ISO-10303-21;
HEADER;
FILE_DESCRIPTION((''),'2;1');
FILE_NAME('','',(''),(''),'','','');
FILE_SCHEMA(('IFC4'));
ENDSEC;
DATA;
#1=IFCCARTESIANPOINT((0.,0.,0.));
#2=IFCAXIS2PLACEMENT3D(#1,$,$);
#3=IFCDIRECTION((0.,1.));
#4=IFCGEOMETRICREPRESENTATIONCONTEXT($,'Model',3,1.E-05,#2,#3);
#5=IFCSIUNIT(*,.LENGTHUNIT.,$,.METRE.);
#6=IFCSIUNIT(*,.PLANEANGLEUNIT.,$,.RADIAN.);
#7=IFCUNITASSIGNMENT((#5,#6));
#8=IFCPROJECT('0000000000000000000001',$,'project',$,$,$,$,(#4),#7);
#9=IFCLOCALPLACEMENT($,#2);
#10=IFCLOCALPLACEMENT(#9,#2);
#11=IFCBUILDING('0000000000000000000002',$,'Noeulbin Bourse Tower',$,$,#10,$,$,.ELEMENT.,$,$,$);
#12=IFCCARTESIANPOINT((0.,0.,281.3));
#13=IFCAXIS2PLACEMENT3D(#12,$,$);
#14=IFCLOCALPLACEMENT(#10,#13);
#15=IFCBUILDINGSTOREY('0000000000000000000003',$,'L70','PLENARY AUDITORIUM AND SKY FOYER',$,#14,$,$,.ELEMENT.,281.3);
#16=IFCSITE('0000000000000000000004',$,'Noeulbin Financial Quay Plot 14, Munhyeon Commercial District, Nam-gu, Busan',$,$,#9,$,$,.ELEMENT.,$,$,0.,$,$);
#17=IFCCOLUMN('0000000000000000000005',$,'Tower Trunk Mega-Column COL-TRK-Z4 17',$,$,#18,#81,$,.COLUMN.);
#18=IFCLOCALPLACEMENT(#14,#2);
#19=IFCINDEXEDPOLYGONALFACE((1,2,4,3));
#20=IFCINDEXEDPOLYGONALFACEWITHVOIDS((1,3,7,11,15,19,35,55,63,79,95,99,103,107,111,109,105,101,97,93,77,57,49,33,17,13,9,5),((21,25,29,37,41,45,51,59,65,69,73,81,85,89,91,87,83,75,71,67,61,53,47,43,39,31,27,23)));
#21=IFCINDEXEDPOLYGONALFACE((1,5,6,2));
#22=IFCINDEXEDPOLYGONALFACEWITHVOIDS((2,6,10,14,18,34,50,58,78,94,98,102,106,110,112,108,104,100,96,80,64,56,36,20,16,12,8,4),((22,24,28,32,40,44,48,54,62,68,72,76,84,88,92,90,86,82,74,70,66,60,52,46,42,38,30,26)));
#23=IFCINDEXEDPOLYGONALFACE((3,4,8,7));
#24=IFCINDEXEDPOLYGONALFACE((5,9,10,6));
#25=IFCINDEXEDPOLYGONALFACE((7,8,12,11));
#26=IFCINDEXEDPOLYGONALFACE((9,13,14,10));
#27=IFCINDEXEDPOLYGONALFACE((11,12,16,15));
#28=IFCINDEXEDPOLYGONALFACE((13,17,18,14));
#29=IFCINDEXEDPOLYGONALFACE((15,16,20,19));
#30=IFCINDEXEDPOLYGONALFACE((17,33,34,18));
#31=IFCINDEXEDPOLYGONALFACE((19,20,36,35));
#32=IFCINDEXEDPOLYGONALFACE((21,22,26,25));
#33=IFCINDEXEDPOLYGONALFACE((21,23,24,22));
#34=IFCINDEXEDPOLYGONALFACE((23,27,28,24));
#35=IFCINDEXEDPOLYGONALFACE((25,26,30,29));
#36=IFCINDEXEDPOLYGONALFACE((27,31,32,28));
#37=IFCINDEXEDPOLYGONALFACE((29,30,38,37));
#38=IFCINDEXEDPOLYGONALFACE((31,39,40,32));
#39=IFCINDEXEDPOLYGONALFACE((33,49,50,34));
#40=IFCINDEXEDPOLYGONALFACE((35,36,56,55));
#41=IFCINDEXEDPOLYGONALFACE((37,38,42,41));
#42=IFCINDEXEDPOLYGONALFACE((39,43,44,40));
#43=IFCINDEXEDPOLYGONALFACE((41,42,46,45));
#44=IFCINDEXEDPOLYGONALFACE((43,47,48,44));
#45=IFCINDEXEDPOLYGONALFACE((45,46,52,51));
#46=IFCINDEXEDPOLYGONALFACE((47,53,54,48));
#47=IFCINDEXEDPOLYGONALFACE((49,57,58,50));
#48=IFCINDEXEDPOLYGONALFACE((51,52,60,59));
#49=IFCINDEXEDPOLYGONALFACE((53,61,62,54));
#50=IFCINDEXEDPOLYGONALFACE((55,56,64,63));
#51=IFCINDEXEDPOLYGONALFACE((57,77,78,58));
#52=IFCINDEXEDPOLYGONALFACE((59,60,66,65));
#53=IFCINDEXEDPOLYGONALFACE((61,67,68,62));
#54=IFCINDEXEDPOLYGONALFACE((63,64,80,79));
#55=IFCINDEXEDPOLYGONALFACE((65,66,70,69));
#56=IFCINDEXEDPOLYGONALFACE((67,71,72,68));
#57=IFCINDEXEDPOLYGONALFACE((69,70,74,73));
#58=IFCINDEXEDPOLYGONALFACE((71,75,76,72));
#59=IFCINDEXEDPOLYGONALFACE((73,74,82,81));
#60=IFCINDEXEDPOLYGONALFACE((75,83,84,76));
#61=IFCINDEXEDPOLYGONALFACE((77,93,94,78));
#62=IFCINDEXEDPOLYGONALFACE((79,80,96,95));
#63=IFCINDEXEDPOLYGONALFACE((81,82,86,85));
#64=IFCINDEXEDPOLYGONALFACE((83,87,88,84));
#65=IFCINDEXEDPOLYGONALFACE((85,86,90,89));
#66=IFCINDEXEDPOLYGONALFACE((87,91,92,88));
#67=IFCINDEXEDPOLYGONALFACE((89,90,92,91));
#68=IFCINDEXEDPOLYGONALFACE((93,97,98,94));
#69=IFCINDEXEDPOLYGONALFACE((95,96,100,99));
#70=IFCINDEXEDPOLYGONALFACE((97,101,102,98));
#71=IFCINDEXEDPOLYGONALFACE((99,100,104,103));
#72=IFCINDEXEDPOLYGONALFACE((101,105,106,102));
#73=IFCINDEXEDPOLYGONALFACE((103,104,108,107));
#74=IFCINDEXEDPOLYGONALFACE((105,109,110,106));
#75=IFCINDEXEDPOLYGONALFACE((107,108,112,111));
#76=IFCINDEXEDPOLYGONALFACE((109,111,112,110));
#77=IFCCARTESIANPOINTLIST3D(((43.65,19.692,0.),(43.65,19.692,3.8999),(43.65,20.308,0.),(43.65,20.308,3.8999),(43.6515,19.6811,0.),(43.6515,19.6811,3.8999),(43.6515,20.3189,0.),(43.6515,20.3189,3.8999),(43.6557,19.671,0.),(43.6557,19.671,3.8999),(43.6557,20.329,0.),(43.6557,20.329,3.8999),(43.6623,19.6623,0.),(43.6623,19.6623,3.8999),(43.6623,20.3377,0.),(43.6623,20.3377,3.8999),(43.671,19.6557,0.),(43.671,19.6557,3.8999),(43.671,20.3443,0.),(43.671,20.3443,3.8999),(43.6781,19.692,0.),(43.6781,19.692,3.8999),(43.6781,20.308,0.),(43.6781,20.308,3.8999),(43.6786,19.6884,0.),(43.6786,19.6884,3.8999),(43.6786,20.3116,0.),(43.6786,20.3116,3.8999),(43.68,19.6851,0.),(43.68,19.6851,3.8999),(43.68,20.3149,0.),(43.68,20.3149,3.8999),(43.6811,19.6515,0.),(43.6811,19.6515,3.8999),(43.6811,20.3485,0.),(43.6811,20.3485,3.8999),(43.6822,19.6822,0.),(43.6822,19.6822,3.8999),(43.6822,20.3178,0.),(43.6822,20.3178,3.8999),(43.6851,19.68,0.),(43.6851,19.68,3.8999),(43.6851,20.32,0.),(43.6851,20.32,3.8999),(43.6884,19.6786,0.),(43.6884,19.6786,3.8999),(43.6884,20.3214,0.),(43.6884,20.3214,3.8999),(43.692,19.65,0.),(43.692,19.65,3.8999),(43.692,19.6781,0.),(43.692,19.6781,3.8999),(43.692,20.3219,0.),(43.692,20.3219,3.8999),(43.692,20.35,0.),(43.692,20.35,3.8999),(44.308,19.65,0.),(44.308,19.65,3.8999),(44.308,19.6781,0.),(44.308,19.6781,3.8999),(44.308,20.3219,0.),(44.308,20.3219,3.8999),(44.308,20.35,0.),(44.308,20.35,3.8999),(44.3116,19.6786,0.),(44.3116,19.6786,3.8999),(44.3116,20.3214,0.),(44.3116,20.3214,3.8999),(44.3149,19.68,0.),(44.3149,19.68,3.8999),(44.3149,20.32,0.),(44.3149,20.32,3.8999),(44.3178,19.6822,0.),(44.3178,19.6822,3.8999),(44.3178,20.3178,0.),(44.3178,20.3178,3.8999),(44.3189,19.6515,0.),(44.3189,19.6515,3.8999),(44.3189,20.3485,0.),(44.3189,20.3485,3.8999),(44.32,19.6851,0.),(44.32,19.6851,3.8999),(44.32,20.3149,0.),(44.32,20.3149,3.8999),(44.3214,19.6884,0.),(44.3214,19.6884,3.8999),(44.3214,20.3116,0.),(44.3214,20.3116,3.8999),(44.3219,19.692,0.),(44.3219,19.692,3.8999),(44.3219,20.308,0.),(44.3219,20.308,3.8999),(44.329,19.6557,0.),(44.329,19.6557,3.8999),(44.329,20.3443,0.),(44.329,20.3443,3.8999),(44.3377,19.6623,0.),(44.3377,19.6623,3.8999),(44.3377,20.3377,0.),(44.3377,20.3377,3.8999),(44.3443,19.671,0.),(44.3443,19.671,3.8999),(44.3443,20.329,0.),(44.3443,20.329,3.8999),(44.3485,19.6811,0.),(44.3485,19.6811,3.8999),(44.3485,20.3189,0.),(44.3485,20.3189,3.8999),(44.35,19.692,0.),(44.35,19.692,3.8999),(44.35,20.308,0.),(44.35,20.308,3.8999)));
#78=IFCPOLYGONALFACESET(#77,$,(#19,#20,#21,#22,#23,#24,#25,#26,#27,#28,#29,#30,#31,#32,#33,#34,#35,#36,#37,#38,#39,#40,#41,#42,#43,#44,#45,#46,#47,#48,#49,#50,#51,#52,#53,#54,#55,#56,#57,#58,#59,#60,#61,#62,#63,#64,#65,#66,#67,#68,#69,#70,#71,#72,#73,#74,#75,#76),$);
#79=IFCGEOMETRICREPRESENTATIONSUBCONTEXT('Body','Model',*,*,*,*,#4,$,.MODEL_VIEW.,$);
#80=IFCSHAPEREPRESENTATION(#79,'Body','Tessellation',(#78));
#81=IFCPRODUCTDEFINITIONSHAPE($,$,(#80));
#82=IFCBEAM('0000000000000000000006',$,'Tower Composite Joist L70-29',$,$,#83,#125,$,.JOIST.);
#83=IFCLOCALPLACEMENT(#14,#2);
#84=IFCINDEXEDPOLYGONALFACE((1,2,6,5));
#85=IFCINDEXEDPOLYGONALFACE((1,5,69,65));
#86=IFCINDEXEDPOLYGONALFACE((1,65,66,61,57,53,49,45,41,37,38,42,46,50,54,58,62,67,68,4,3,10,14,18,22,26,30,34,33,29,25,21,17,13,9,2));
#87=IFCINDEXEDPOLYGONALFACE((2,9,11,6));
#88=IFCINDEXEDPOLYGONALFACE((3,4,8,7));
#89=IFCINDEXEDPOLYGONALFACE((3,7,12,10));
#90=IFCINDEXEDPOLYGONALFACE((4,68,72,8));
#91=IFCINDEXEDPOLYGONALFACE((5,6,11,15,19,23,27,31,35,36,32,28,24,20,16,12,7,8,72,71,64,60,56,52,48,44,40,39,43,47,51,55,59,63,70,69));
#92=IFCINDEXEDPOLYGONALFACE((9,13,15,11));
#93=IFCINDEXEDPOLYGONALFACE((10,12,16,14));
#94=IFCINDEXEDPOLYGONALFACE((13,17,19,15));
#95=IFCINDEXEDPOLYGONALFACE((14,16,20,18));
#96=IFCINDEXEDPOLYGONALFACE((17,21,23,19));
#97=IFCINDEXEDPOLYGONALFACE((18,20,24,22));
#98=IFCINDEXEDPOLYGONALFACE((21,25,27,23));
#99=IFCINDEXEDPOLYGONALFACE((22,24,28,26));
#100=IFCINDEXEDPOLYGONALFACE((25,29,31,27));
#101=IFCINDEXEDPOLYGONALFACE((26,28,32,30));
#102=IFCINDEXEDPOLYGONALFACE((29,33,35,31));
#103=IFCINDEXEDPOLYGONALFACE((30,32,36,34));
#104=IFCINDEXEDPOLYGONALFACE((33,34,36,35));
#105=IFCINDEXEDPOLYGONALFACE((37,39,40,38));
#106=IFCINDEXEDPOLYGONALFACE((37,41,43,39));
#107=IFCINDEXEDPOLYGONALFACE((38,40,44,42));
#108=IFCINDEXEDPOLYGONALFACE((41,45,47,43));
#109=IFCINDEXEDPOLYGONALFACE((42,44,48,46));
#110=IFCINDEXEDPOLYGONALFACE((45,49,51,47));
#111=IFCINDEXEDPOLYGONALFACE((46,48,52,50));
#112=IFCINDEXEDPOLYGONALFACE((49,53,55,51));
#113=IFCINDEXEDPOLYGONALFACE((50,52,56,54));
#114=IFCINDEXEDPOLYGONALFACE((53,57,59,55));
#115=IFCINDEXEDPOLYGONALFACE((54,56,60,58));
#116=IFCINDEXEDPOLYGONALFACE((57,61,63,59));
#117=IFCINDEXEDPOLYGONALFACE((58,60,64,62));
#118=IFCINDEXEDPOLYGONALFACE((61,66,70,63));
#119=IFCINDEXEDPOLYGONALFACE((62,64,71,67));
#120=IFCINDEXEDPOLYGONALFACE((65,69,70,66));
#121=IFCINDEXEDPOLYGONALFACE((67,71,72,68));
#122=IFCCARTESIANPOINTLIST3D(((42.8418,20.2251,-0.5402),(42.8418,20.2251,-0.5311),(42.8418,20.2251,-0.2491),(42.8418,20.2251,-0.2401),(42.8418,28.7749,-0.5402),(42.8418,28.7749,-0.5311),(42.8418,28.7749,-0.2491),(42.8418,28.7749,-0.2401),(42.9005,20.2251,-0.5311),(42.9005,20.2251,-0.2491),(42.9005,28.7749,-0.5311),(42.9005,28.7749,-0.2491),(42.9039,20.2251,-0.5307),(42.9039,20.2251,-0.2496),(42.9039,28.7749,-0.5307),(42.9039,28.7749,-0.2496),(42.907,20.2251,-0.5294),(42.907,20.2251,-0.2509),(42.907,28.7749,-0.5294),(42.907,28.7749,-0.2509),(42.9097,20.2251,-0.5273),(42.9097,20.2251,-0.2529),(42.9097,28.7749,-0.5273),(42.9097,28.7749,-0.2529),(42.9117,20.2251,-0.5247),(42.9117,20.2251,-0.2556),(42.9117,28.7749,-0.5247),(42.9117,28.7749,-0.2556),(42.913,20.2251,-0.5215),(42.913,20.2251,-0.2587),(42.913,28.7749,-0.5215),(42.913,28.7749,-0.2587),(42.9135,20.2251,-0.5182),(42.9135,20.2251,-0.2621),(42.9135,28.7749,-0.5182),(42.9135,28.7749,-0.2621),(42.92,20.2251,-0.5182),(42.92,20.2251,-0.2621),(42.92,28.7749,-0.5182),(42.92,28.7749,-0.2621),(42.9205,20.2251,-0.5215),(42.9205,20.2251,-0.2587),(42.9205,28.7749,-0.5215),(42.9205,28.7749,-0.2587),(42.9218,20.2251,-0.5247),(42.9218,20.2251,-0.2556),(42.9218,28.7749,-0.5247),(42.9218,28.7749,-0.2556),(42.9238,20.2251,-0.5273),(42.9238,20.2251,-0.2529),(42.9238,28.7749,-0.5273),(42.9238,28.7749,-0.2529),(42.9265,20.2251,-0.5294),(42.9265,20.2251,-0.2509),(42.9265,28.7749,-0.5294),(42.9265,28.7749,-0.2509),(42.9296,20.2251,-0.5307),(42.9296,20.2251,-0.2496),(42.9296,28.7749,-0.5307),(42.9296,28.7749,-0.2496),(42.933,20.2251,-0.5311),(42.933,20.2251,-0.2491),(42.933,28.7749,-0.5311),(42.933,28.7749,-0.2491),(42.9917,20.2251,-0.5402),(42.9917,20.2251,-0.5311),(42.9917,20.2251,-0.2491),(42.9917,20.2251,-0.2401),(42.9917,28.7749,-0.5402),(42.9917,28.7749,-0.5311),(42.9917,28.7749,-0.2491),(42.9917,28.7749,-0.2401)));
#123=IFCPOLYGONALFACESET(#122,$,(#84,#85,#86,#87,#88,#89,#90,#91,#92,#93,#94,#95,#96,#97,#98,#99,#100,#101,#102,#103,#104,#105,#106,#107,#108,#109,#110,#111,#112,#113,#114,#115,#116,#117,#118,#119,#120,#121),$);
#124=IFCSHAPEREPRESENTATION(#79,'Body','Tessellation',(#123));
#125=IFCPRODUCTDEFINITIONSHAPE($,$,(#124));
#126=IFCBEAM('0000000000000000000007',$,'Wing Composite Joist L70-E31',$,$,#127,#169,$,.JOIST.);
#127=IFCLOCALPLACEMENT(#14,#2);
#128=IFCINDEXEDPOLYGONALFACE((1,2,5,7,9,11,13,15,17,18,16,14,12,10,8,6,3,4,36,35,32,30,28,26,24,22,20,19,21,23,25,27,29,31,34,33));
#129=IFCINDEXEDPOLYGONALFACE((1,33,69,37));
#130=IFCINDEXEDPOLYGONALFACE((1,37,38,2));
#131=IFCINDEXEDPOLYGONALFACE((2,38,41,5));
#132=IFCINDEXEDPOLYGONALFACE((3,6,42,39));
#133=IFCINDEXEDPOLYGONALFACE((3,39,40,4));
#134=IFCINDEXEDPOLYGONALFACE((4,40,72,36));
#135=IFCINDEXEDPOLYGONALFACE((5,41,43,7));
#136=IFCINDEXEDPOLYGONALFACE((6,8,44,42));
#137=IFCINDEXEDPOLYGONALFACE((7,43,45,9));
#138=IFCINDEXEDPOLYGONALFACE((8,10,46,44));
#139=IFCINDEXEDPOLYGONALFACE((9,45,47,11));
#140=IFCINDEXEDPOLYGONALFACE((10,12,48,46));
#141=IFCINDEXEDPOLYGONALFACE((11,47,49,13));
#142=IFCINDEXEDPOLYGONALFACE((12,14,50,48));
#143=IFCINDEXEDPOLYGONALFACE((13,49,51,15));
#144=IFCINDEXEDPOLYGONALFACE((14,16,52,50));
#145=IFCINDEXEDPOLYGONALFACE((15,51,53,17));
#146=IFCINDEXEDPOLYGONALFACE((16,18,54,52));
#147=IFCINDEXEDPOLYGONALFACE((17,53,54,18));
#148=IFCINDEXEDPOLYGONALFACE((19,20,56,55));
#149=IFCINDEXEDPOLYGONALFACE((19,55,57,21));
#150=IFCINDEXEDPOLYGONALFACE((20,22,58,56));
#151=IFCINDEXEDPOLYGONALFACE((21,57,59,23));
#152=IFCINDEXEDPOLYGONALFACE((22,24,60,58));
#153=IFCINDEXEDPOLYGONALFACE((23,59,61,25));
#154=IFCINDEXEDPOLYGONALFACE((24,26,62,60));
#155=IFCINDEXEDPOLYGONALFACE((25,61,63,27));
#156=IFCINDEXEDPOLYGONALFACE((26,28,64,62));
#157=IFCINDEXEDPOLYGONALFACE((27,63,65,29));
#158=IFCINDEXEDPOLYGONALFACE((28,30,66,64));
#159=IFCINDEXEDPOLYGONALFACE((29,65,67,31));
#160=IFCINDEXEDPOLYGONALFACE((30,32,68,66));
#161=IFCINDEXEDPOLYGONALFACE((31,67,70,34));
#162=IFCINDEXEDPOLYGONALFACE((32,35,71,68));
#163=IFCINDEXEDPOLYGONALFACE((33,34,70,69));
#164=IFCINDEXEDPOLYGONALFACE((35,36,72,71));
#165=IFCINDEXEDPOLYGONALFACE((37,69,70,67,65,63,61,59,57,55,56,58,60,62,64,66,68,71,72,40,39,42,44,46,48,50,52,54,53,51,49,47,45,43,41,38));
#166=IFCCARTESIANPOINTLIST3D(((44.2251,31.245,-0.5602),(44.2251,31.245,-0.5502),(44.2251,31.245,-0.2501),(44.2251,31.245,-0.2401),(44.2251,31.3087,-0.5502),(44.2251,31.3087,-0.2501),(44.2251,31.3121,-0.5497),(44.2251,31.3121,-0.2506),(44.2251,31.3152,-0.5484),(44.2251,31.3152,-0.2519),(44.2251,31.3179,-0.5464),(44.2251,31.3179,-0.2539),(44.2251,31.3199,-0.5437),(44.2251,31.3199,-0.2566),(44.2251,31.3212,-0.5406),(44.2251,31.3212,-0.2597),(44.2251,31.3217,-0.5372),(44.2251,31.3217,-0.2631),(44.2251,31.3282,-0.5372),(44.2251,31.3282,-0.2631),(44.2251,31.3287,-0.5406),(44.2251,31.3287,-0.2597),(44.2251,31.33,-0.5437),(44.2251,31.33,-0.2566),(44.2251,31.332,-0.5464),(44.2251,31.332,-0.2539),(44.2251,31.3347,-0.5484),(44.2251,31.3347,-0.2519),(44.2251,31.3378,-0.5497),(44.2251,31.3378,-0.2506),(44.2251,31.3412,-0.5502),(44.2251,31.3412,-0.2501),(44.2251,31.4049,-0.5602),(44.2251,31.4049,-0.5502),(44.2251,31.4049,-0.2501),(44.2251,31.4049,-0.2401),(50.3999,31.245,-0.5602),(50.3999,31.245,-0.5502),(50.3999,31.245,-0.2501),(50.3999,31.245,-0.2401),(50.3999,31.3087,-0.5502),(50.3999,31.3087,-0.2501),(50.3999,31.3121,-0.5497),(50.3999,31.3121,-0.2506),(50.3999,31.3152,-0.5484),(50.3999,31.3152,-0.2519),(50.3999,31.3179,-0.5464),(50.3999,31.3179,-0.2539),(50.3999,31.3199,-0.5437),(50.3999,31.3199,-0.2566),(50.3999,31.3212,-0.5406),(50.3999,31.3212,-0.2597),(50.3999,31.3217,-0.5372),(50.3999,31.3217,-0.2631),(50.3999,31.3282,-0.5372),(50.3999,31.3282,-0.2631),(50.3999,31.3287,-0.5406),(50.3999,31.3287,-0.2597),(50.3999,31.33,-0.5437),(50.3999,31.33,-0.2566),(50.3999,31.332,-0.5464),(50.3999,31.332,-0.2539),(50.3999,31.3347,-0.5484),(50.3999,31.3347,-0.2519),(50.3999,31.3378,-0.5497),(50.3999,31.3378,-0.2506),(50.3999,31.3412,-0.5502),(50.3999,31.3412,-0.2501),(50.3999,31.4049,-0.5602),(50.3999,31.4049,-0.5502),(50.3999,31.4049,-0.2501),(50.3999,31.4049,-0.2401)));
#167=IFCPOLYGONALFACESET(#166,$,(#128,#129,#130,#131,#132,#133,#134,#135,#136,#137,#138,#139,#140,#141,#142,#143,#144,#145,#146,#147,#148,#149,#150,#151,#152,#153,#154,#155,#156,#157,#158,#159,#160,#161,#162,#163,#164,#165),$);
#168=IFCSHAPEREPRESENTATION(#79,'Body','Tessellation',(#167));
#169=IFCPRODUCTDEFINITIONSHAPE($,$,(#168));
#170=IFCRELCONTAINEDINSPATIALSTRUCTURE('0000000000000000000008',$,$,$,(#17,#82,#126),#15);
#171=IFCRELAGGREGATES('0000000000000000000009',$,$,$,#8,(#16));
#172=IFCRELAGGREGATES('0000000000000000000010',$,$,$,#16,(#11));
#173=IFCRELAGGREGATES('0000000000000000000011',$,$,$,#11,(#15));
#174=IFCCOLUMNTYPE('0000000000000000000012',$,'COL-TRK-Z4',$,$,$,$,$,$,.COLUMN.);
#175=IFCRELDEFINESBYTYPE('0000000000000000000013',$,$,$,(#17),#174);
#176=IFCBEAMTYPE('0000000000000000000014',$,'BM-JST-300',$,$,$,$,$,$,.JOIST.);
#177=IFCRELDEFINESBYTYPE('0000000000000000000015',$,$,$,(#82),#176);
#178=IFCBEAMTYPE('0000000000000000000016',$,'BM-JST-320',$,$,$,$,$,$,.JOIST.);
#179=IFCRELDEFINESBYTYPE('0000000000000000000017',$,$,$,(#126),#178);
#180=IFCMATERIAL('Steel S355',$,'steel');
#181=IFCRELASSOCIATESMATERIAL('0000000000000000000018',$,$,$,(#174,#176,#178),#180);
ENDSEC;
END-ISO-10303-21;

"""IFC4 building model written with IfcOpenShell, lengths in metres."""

from ifc_helpers import new_model, si_unit, direction, frame, origin, origin_2d, place, context, subcontext, project, spatial, hollow_rectangle, i_section, extrude, material, material_profile, profile_set, type_object, element, save


model = new_model("IFC4")

# Units and contexts
model_context = context("Model", 3, precision=1e-05, world=origin(), true_north=direction((0.0, 1.0)))
body_context = subcontext(model_context, "Body", "Model", "MODEL_VIEW")
ifc_project = project(units=[si_unit("LENGTHUNIT", "METRE"), si_unit("PLANEANGLEUNIT", "RADIAN")], contexts=[model_context])

# Site, building, storey
site_placement = place(None, origin())
site = spatial("IfcSite", under=ifc_project, at=site_placement, Name="Noeulbin Financial Quay Plot 14, Munhyeon Commercial District, Nam-gu, Busan", CompositionType="ELEMENT", RefElevation=0.0)
building_placement = place(site_placement, origin())
building = spatial("IfcBuilding", under=site, at=building_placement, Name="Noeulbin Bourse Tower", CompositionType="ELEMENT")
storey_placement = place(building_placement, frame((0.0, 0.0, 281.3)))
storey = spatial("IfcBuildingStorey", under=building, at=storey_placement, Name="L70", Description="PLENARY AUDITORIUM AND SKY FOYER", CompositionType="ELEMENT", Elevation=281.3)

# Column
ifc_material_1 = material(Name="Steel S355", Category="steel")
ifc_material_profile_1 = material_profile(ifc_material_1, hollow_rectangle(XDim=0.7, YDim=0.7, WallThickness=0.0281, InnerFilletRadius=0.0139, OuterFilletRadius=0.042, at=origin_2d()), Name="BOX-700x700x28", Category="LoadBearing")
ifc_profile_set_1 = profile_set([ifc_material_profile_1], Name="Steel S355")
column_type_1 = type_object("IfcColumnType", Name="COL-TRK-Z4", PredefinedType="COLUMN", material=ifc_profile_set_1)
for number, where, z_axis, x_axis, name in (
    (1, (44.0, 20.0, 0.0), (0.0, 0.0, 1.0), (1.0, 0.0, 0.0), "Tower Trunk Mega-Column COL-TRK-Z4 17"),
):
    element("IfcColumn", number, at=place(storey_placement, frame(where, z_axis=z_axis, x_axis=x_axis)), inside=storey, type_object=column_type_1, Name=name, PredefinedType="COLUMN", context=body_context, shape_type="SweptSolid", body=[
        extrude(hollow_rectangle(XDim=0.7, YDim=0.7, WallThickness=0.0281, InnerFilletRadius=0.0139, OuterFilletRadius=0.042, at=origin_2d()), origin(), (0.0, 0.0, 1.0), 3.8999),
    ])

# Beams
ifc_material_profile_2 = material_profile(ifc_material_1, i_section(OverallWidth=0.1499, OverallDepth=0.3, WebThickness=0.0066, FlangeThickness=0.009, FilletRadius=0.0129, at=origin_2d()), Name="H-300x150x6.5x9", Category="LoadBearing")
ifc_profile_set_2 = profile_set([ifc_material_profile_2], Name="Steel S355")
beam_type_1 = type_object("IfcBeamType", Name="BM-JST-300", PredefinedType="JOIST", material=ifc_profile_set_2)
beam_1_placement = place(storey_placement, frame((42.9167, 20.2251, -0.3901), z_axis=(0.0, 1.0, 0.0), x_axis=(-1.0, 0.0, 0.0)))
element("IfcBeam", 2, at=beam_1_placement, inside=storey, type_object=beam_type_1, Name="Tower Composite Joist L70-29", PredefinedType="JOIST", context=body_context, shape_type="SweptSolid", body=[
    extrude(i_section(OverallWidth=0.1499, OverallDepth=0.3, WebThickness=0.0066, FlangeThickness=0.009, FilletRadius=0.0129, at=origin_2d()), origin(), (0.0, 0.0, 1.0), 8.5498),
])
ifc_material_profile_3 = material_profile(ifc_material_1, i_section(OverallWidth=0.1599, OverallDepth=0.3201, WebThickness=0.0066, FlangeThickness=0.01, FilletRadius=0.0129, at=origin_2d()), Name="H-320x160x6.5x10", Category="LoadBearing")
ifc_profile_set_3 = profile_set([ifc_material_profile_3], Name="Steel S355")
beam_type_2 = type_object("IfcBeamType", Name="BM-JST-320", PredefinedType="JOIST", material=ifc_profile_set_3)
beam_2_placement = place(storey_placement, frame((44.2251, 31.325, -0.4001), z_axis=(1.0, 0.0, 0.0), x_axis=(0.0, 1.0, 0.0)))
element("IfcBeam", 3, at=beam_2_placement, inside=storey, type_object=beam_type_2, Name="Wing Composite Joist L70-E31", PredefinedType="JOIST", context=body_context, shape_type="SweptSolid", body=[
    extrude(i_section(OverallWidth=0.1599, OverallDepth=0.3201, WebThickness=0.0066, FlangeThickness=0.01, FilletRadius=0.0129, at=origin_2d()), origin(), (0.0, 0.0, 1.0), 6.1748),
])

save(model, "model.ifc")
